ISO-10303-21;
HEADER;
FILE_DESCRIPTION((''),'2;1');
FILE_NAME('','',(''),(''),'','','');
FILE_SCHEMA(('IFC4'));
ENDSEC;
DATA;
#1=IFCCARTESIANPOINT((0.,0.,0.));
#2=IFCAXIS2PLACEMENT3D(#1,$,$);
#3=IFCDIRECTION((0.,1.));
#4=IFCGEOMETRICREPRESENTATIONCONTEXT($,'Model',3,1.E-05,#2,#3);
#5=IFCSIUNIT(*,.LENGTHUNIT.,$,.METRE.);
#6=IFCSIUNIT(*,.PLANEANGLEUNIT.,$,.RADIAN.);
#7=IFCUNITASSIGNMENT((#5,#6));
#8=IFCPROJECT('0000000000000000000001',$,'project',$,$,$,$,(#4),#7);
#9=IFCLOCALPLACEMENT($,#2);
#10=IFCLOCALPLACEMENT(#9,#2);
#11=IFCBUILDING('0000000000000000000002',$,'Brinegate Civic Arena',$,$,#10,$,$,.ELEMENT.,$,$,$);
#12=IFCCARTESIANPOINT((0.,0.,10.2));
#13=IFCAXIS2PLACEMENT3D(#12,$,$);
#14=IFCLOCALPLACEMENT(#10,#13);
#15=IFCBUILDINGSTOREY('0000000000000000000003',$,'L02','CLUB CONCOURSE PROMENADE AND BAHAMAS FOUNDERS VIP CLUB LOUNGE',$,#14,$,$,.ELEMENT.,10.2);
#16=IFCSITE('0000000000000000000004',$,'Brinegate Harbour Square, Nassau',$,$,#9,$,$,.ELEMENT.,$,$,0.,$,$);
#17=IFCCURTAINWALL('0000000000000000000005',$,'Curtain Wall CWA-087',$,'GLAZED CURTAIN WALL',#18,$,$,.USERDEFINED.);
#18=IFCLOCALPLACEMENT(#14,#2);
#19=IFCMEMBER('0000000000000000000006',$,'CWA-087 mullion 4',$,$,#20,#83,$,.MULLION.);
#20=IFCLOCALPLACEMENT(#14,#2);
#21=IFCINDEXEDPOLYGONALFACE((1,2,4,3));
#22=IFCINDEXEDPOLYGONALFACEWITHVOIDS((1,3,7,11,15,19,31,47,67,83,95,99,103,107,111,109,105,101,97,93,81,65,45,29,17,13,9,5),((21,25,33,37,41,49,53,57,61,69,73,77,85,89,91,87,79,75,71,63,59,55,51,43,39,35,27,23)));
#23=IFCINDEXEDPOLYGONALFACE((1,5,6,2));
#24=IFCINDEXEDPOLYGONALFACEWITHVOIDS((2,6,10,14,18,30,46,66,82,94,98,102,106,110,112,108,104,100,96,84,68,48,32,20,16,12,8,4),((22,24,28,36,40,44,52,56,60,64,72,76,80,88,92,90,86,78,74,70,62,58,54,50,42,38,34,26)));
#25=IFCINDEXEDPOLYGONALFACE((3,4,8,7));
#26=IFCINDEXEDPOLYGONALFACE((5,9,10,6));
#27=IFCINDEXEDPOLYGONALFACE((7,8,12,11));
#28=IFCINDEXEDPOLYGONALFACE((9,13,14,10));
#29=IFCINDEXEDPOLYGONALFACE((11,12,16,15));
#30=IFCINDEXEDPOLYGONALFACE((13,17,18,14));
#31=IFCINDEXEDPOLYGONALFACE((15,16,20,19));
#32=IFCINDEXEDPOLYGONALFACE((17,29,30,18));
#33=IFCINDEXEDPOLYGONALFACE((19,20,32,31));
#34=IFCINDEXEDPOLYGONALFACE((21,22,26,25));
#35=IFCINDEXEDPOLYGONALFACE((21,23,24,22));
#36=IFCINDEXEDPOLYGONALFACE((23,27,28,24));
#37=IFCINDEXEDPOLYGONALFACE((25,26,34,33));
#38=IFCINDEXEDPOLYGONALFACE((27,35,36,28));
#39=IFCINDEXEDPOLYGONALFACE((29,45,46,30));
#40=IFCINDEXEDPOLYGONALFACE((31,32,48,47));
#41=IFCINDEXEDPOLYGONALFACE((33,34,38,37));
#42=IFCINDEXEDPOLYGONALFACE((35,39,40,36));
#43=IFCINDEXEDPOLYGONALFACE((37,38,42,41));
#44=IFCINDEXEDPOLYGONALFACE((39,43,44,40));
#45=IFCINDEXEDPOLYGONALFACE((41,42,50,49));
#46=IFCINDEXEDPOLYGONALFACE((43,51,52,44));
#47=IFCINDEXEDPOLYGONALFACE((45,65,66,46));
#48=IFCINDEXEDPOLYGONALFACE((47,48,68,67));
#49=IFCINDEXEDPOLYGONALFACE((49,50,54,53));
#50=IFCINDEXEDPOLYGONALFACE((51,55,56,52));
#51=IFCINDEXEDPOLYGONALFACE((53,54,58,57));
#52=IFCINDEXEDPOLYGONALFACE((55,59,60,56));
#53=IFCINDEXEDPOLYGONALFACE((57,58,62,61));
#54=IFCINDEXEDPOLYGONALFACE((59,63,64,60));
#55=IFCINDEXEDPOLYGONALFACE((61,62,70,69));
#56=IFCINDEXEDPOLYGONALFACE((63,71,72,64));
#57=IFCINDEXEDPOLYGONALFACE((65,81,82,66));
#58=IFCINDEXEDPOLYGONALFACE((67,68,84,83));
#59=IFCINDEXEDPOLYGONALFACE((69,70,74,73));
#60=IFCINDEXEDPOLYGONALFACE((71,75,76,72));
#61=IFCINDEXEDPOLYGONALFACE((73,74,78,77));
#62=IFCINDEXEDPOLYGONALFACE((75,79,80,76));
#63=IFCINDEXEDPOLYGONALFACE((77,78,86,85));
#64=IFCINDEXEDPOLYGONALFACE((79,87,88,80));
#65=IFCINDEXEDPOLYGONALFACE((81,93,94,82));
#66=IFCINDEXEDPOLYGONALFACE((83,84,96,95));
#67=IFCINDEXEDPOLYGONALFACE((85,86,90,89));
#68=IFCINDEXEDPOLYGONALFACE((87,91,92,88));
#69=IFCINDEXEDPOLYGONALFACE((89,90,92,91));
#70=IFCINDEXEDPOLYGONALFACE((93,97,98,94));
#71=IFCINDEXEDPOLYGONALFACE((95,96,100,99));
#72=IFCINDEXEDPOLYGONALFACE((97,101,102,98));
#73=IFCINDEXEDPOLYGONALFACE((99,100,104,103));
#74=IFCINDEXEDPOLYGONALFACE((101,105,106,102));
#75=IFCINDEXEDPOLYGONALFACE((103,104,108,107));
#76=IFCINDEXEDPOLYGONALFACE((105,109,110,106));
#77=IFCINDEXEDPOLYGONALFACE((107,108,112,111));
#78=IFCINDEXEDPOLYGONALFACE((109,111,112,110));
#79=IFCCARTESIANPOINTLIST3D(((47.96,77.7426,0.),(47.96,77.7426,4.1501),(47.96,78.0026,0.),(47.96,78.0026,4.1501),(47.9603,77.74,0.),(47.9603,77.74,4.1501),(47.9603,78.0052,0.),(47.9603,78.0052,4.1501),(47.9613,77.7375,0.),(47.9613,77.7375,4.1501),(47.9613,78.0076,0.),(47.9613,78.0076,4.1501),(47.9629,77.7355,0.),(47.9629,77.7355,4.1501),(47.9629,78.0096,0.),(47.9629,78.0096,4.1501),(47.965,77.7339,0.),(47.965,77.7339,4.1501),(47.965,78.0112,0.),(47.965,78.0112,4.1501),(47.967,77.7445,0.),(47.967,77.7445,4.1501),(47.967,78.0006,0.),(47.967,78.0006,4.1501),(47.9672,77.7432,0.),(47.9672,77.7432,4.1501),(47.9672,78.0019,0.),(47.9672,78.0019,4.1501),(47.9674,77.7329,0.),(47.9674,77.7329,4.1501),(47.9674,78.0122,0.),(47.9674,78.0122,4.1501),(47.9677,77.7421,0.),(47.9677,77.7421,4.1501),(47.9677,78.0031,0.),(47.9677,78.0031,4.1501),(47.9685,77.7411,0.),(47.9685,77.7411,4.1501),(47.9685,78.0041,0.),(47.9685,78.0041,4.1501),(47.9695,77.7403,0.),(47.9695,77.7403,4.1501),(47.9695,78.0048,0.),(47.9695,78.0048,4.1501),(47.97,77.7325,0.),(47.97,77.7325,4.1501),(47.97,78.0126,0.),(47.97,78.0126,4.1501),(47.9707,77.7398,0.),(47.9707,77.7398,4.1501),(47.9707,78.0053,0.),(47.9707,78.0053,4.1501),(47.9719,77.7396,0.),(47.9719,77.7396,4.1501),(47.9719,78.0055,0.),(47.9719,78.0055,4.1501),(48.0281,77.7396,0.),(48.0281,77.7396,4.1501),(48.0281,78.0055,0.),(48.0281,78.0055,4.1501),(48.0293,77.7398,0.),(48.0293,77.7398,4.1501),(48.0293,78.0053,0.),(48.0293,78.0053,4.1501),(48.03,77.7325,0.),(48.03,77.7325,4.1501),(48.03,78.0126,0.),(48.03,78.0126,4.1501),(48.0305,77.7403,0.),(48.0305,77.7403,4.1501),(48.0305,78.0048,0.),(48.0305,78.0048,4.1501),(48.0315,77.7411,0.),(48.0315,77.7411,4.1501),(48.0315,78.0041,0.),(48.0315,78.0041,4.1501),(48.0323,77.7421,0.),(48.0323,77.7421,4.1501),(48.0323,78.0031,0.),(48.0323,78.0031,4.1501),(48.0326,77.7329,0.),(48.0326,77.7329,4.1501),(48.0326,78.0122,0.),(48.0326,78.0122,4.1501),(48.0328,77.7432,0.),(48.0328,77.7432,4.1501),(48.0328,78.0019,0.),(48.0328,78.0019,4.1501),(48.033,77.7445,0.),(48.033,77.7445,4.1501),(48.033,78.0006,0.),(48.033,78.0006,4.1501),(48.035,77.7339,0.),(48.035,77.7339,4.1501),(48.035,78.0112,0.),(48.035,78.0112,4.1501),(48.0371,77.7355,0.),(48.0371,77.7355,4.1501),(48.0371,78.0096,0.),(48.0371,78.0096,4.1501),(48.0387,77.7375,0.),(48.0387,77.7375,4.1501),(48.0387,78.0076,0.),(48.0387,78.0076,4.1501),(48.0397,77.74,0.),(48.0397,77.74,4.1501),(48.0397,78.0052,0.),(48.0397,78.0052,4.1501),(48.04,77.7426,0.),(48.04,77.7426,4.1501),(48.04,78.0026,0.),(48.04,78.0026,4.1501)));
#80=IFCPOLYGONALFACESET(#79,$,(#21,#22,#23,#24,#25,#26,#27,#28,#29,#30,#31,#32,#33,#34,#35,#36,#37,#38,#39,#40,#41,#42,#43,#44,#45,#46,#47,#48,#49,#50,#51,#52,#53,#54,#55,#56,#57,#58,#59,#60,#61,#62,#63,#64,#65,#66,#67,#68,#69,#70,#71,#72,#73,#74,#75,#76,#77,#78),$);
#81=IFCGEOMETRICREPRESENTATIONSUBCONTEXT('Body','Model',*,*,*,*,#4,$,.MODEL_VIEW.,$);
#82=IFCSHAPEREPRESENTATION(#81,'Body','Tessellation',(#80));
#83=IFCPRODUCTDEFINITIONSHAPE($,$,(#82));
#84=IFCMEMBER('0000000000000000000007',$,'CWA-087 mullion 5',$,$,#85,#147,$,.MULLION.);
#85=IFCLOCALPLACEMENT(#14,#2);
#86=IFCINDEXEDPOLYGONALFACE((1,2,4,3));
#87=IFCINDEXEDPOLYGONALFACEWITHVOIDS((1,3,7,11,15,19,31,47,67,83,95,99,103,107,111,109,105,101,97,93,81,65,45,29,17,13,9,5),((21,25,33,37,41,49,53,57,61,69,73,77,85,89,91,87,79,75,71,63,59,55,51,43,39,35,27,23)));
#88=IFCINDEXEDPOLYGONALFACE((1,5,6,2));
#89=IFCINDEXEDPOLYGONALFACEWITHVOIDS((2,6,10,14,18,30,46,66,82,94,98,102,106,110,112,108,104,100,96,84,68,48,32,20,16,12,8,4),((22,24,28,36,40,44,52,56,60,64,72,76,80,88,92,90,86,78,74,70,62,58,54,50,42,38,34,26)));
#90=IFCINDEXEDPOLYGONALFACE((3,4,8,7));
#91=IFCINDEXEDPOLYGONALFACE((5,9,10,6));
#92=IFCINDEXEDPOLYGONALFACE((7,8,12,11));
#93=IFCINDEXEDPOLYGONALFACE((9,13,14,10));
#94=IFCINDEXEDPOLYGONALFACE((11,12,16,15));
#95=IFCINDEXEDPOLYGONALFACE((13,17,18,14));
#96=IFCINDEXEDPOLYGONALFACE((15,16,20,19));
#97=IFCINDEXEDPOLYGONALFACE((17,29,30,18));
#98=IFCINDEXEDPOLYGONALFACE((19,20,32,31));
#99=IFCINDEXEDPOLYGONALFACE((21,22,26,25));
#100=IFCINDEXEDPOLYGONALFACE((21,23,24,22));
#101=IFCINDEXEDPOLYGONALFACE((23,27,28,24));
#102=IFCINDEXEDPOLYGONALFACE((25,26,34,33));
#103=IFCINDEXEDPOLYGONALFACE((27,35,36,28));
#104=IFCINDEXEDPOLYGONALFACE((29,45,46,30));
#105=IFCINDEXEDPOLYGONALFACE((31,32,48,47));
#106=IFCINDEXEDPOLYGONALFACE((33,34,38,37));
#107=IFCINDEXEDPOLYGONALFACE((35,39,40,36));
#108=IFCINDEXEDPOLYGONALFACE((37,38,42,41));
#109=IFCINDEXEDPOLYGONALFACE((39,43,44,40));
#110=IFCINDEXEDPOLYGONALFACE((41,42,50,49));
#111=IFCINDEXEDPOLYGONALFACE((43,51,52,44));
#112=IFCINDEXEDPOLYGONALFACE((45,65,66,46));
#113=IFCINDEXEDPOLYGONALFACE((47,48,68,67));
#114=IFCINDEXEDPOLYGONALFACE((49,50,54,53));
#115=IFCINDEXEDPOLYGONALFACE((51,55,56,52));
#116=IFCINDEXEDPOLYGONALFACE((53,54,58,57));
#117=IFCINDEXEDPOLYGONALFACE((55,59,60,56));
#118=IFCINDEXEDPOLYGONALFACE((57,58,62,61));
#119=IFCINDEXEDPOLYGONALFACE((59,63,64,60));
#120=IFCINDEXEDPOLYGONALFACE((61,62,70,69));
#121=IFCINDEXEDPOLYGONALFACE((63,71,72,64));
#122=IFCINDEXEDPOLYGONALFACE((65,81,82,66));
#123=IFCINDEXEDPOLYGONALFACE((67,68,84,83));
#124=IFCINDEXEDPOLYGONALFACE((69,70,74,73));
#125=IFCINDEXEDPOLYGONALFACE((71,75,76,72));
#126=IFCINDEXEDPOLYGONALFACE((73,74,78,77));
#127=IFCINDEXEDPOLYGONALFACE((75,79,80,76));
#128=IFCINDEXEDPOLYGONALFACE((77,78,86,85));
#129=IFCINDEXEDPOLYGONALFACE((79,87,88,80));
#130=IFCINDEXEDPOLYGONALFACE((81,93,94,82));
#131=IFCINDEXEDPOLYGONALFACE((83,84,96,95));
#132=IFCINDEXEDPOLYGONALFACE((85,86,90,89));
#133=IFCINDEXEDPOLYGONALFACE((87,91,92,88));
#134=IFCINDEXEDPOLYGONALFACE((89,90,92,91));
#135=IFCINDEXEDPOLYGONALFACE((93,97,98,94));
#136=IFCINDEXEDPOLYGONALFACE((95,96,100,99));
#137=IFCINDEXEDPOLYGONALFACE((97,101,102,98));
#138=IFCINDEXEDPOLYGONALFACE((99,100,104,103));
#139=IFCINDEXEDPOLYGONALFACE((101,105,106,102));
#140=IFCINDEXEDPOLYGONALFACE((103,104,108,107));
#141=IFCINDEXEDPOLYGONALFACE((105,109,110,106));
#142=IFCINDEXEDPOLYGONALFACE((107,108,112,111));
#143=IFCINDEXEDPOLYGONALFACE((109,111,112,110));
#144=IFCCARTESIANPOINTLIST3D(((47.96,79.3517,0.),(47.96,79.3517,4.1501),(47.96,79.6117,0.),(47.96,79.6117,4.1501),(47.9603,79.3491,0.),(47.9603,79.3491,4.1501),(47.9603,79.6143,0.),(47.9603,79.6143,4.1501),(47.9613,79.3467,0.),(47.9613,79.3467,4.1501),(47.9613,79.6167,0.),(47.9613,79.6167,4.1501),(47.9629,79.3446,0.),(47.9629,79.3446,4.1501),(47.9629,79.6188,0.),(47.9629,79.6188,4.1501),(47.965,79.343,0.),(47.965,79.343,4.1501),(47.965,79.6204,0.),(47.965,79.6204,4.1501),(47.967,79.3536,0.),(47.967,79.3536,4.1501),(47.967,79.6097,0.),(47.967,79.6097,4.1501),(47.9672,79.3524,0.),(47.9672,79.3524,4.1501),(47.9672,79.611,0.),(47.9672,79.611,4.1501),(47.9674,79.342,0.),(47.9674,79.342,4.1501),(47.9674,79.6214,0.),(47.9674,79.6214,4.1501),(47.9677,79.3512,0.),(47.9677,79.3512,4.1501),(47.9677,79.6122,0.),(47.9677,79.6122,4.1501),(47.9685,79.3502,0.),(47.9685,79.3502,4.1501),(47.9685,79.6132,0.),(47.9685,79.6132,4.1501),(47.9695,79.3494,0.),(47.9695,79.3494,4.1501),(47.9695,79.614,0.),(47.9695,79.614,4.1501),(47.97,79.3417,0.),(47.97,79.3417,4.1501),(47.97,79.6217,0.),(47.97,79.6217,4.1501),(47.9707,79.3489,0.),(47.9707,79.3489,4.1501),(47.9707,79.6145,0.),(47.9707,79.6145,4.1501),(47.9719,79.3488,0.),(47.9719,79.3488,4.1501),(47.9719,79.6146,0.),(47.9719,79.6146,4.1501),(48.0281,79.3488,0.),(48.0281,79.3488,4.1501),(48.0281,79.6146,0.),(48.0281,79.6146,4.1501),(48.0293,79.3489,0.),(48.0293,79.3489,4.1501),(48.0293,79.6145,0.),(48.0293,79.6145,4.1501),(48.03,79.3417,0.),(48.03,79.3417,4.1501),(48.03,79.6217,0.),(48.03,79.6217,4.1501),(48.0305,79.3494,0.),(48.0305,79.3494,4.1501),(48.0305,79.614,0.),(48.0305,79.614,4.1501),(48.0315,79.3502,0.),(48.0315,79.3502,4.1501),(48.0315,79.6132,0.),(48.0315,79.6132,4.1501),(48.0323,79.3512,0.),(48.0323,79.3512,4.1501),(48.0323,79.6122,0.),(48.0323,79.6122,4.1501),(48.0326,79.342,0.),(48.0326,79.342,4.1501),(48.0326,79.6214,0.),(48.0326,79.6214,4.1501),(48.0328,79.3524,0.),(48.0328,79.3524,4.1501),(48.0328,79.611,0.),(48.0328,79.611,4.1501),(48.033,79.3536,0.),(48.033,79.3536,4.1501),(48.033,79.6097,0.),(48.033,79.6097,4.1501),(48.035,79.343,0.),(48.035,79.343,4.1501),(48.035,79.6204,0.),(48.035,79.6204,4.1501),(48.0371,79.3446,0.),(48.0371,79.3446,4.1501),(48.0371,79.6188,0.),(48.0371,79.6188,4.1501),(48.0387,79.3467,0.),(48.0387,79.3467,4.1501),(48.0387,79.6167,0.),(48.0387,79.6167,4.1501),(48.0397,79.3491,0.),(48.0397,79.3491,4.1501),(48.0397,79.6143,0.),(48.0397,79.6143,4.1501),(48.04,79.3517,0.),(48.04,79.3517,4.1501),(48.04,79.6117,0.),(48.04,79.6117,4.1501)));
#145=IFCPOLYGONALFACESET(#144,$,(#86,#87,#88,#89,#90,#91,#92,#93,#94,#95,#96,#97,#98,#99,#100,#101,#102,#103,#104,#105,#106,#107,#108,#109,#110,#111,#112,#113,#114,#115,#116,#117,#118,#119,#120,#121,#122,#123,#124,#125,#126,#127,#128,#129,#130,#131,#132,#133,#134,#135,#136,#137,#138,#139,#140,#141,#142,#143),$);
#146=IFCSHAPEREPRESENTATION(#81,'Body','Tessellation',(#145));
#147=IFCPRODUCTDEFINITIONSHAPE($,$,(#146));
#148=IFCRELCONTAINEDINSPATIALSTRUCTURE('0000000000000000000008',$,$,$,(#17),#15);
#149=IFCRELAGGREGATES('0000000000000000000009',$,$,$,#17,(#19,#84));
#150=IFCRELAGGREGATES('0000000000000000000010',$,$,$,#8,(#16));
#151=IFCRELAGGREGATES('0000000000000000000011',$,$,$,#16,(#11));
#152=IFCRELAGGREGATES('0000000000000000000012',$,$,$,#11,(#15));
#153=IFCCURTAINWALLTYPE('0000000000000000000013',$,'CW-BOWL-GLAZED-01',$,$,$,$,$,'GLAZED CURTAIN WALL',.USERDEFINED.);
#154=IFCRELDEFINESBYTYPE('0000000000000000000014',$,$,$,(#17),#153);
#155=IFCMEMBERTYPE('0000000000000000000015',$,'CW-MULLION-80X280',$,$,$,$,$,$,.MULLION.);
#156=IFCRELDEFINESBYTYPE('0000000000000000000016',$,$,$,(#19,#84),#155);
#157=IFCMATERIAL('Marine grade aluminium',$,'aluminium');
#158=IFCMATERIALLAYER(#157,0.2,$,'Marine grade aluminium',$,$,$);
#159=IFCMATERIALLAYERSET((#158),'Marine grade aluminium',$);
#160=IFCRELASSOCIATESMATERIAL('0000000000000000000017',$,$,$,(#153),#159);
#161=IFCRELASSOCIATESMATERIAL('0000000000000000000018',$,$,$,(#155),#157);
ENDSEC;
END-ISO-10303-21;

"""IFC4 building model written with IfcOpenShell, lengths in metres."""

from ifc_helpers import new_model, si_unit, direction, frame, origin, origin_2d, place, context, subcontext, project, spatial, hollow_rectangle, extrude, material, layer, layer_set, material_profile, profile_set, type_object, element, aggregate, save


model = new_model("IFC4")

# Units and contexts
model_context = context("Model", 3, precision=1e-05, world=origin(), true_north=direction((0.0, 1.0)))
body_context = subcontext(model_context, "Body", "Model", "MODEL_VIEW")
ifc_project = project(units=[si_unit("LENGTHUNIT", "METRE"), si_unit("PLANEANGLEUNIT", "RADIAN")], contexts=[model_context])

# Site, building, storey
site_placement = place(None, origin())
site = spatial("IfcSite", under=ifc_project, at=site_placement, Name="Brinegate Harbour Square, Nassau", CompositionType="ELEMENT", RefElevation=0.0)
building_placement = place(site_placement, origin())
building = spatial("IfcBuilding", under=site, at=building_placement, Name="Brinegate Civic Arena", CompositionType="ELEMENT")
storey_placement = place(building_placement, frame((0.0, 0.0, 10.2)))
storey = spatial("IfcBuildingStorey", under=building, at=storey_placement, Name="L02", Description="CLUB CONCOURSE PROMENADE AND BAHAMAS FOUNDERS VIP CLUB LOUNGE", CompositionType="ELEMENT", Elevation=10.2)

# Shared definitions
ifc_material_1 = material(Name="Marine grade aluminium", Category="aluminium")
ifc_layer_1 = layer(ifc_material_1, 0.2, Name="Marine grade aluminium")
ifc_layer_set_1 = layer_set([ifc_layer_1], Name="Marine grade aluminium")
curtain_wall_type = type_object("IfcCurtainWallType", Name="CW-BOWL-GLAZED-01", ElementType="GLAZED CURTAIN WALL", PredefinedType="USERDEFINED", material=ifc_layer_set_1)

# Curtain wall, members
curtain_wall_1_placement = place(storey_placement, origin())
curtain_wall_1 = element("IfcCurtainWall", 1, at=curtain_wall_1_placement, inside=storey, type_object=curtain_wall_type, Name="Curtain Wall CWA-087", ObjectType="GLAZED CURTAIN WALL", PredefinedType="USERDEFINED")
ifc_material_profile_1 = material_profile(ifc_material_1, hollow_rectangle(XDim=0.0801, YDim=0.28, WallThickness=0.0071, InnerFilletRadius=0.0049, OuterFilletRadius=0.01, at=origin_2d()), Name="MUL80X280")
ifc_profile_set_1 = profile_set([ifc_material_profile_1], Name="Marine grade aluminium")
member_type_1 = type_object("IfcMemberType", Name="CW-MULLION-80X280", PredefinedType="MULLION", material=ifc_profile_set_1)
member_1_placement = place(storey_placement, frame((48.0, 77.8726, 0.0), z_axis=(0.0, 0.0, 1.0), x_axis=(-1.0, 0.0, 0.0)))
member_1 = element("IfcMember", 2, at=member_1_placement, type_object=member_type_1, Name="CWA-087 mullion 4", PredefinedType="MULLION", context=body_context, shape_type="SweptSolid", body=[
    extrude(hollow_rectangle(XDim=0.0801, YDim=0.28, WallThickness=0.0071, InnerFilletRadius=0.0049, OuterFilletRadius=0.01, at=origin_2d()), origin(), (0.0, 0.0, 1.0), 4.1501),
])
member_2_placement = place(storey_placement, frame((48.0, 79.4817, 0.0), z_axis=(0.0, 0.0, 1.0), x_axis=(-1.0, 0.0, 0.0)))
member_2 = element("IfcMember", 3, at=member_2_placement, type_object=member_type_1, Name="CWA-087 mullion 5", PredefinedType="MULLION", context=body_context, shape_type="SweptSolid", body=[
    extrude(hollow_rectangle(XDim=0.0801, YDim=0.28, WallThickness=0.0071, InnerFilletRadius=0.0049, OuterFilletRadius=0.01, at=origin_2d()), origin(), (0.0, 0.0, 1.0), 4.1501),
])

aggregate(curtain_wall_1, [member_1, member_2])

save(model, "model.ifc")
